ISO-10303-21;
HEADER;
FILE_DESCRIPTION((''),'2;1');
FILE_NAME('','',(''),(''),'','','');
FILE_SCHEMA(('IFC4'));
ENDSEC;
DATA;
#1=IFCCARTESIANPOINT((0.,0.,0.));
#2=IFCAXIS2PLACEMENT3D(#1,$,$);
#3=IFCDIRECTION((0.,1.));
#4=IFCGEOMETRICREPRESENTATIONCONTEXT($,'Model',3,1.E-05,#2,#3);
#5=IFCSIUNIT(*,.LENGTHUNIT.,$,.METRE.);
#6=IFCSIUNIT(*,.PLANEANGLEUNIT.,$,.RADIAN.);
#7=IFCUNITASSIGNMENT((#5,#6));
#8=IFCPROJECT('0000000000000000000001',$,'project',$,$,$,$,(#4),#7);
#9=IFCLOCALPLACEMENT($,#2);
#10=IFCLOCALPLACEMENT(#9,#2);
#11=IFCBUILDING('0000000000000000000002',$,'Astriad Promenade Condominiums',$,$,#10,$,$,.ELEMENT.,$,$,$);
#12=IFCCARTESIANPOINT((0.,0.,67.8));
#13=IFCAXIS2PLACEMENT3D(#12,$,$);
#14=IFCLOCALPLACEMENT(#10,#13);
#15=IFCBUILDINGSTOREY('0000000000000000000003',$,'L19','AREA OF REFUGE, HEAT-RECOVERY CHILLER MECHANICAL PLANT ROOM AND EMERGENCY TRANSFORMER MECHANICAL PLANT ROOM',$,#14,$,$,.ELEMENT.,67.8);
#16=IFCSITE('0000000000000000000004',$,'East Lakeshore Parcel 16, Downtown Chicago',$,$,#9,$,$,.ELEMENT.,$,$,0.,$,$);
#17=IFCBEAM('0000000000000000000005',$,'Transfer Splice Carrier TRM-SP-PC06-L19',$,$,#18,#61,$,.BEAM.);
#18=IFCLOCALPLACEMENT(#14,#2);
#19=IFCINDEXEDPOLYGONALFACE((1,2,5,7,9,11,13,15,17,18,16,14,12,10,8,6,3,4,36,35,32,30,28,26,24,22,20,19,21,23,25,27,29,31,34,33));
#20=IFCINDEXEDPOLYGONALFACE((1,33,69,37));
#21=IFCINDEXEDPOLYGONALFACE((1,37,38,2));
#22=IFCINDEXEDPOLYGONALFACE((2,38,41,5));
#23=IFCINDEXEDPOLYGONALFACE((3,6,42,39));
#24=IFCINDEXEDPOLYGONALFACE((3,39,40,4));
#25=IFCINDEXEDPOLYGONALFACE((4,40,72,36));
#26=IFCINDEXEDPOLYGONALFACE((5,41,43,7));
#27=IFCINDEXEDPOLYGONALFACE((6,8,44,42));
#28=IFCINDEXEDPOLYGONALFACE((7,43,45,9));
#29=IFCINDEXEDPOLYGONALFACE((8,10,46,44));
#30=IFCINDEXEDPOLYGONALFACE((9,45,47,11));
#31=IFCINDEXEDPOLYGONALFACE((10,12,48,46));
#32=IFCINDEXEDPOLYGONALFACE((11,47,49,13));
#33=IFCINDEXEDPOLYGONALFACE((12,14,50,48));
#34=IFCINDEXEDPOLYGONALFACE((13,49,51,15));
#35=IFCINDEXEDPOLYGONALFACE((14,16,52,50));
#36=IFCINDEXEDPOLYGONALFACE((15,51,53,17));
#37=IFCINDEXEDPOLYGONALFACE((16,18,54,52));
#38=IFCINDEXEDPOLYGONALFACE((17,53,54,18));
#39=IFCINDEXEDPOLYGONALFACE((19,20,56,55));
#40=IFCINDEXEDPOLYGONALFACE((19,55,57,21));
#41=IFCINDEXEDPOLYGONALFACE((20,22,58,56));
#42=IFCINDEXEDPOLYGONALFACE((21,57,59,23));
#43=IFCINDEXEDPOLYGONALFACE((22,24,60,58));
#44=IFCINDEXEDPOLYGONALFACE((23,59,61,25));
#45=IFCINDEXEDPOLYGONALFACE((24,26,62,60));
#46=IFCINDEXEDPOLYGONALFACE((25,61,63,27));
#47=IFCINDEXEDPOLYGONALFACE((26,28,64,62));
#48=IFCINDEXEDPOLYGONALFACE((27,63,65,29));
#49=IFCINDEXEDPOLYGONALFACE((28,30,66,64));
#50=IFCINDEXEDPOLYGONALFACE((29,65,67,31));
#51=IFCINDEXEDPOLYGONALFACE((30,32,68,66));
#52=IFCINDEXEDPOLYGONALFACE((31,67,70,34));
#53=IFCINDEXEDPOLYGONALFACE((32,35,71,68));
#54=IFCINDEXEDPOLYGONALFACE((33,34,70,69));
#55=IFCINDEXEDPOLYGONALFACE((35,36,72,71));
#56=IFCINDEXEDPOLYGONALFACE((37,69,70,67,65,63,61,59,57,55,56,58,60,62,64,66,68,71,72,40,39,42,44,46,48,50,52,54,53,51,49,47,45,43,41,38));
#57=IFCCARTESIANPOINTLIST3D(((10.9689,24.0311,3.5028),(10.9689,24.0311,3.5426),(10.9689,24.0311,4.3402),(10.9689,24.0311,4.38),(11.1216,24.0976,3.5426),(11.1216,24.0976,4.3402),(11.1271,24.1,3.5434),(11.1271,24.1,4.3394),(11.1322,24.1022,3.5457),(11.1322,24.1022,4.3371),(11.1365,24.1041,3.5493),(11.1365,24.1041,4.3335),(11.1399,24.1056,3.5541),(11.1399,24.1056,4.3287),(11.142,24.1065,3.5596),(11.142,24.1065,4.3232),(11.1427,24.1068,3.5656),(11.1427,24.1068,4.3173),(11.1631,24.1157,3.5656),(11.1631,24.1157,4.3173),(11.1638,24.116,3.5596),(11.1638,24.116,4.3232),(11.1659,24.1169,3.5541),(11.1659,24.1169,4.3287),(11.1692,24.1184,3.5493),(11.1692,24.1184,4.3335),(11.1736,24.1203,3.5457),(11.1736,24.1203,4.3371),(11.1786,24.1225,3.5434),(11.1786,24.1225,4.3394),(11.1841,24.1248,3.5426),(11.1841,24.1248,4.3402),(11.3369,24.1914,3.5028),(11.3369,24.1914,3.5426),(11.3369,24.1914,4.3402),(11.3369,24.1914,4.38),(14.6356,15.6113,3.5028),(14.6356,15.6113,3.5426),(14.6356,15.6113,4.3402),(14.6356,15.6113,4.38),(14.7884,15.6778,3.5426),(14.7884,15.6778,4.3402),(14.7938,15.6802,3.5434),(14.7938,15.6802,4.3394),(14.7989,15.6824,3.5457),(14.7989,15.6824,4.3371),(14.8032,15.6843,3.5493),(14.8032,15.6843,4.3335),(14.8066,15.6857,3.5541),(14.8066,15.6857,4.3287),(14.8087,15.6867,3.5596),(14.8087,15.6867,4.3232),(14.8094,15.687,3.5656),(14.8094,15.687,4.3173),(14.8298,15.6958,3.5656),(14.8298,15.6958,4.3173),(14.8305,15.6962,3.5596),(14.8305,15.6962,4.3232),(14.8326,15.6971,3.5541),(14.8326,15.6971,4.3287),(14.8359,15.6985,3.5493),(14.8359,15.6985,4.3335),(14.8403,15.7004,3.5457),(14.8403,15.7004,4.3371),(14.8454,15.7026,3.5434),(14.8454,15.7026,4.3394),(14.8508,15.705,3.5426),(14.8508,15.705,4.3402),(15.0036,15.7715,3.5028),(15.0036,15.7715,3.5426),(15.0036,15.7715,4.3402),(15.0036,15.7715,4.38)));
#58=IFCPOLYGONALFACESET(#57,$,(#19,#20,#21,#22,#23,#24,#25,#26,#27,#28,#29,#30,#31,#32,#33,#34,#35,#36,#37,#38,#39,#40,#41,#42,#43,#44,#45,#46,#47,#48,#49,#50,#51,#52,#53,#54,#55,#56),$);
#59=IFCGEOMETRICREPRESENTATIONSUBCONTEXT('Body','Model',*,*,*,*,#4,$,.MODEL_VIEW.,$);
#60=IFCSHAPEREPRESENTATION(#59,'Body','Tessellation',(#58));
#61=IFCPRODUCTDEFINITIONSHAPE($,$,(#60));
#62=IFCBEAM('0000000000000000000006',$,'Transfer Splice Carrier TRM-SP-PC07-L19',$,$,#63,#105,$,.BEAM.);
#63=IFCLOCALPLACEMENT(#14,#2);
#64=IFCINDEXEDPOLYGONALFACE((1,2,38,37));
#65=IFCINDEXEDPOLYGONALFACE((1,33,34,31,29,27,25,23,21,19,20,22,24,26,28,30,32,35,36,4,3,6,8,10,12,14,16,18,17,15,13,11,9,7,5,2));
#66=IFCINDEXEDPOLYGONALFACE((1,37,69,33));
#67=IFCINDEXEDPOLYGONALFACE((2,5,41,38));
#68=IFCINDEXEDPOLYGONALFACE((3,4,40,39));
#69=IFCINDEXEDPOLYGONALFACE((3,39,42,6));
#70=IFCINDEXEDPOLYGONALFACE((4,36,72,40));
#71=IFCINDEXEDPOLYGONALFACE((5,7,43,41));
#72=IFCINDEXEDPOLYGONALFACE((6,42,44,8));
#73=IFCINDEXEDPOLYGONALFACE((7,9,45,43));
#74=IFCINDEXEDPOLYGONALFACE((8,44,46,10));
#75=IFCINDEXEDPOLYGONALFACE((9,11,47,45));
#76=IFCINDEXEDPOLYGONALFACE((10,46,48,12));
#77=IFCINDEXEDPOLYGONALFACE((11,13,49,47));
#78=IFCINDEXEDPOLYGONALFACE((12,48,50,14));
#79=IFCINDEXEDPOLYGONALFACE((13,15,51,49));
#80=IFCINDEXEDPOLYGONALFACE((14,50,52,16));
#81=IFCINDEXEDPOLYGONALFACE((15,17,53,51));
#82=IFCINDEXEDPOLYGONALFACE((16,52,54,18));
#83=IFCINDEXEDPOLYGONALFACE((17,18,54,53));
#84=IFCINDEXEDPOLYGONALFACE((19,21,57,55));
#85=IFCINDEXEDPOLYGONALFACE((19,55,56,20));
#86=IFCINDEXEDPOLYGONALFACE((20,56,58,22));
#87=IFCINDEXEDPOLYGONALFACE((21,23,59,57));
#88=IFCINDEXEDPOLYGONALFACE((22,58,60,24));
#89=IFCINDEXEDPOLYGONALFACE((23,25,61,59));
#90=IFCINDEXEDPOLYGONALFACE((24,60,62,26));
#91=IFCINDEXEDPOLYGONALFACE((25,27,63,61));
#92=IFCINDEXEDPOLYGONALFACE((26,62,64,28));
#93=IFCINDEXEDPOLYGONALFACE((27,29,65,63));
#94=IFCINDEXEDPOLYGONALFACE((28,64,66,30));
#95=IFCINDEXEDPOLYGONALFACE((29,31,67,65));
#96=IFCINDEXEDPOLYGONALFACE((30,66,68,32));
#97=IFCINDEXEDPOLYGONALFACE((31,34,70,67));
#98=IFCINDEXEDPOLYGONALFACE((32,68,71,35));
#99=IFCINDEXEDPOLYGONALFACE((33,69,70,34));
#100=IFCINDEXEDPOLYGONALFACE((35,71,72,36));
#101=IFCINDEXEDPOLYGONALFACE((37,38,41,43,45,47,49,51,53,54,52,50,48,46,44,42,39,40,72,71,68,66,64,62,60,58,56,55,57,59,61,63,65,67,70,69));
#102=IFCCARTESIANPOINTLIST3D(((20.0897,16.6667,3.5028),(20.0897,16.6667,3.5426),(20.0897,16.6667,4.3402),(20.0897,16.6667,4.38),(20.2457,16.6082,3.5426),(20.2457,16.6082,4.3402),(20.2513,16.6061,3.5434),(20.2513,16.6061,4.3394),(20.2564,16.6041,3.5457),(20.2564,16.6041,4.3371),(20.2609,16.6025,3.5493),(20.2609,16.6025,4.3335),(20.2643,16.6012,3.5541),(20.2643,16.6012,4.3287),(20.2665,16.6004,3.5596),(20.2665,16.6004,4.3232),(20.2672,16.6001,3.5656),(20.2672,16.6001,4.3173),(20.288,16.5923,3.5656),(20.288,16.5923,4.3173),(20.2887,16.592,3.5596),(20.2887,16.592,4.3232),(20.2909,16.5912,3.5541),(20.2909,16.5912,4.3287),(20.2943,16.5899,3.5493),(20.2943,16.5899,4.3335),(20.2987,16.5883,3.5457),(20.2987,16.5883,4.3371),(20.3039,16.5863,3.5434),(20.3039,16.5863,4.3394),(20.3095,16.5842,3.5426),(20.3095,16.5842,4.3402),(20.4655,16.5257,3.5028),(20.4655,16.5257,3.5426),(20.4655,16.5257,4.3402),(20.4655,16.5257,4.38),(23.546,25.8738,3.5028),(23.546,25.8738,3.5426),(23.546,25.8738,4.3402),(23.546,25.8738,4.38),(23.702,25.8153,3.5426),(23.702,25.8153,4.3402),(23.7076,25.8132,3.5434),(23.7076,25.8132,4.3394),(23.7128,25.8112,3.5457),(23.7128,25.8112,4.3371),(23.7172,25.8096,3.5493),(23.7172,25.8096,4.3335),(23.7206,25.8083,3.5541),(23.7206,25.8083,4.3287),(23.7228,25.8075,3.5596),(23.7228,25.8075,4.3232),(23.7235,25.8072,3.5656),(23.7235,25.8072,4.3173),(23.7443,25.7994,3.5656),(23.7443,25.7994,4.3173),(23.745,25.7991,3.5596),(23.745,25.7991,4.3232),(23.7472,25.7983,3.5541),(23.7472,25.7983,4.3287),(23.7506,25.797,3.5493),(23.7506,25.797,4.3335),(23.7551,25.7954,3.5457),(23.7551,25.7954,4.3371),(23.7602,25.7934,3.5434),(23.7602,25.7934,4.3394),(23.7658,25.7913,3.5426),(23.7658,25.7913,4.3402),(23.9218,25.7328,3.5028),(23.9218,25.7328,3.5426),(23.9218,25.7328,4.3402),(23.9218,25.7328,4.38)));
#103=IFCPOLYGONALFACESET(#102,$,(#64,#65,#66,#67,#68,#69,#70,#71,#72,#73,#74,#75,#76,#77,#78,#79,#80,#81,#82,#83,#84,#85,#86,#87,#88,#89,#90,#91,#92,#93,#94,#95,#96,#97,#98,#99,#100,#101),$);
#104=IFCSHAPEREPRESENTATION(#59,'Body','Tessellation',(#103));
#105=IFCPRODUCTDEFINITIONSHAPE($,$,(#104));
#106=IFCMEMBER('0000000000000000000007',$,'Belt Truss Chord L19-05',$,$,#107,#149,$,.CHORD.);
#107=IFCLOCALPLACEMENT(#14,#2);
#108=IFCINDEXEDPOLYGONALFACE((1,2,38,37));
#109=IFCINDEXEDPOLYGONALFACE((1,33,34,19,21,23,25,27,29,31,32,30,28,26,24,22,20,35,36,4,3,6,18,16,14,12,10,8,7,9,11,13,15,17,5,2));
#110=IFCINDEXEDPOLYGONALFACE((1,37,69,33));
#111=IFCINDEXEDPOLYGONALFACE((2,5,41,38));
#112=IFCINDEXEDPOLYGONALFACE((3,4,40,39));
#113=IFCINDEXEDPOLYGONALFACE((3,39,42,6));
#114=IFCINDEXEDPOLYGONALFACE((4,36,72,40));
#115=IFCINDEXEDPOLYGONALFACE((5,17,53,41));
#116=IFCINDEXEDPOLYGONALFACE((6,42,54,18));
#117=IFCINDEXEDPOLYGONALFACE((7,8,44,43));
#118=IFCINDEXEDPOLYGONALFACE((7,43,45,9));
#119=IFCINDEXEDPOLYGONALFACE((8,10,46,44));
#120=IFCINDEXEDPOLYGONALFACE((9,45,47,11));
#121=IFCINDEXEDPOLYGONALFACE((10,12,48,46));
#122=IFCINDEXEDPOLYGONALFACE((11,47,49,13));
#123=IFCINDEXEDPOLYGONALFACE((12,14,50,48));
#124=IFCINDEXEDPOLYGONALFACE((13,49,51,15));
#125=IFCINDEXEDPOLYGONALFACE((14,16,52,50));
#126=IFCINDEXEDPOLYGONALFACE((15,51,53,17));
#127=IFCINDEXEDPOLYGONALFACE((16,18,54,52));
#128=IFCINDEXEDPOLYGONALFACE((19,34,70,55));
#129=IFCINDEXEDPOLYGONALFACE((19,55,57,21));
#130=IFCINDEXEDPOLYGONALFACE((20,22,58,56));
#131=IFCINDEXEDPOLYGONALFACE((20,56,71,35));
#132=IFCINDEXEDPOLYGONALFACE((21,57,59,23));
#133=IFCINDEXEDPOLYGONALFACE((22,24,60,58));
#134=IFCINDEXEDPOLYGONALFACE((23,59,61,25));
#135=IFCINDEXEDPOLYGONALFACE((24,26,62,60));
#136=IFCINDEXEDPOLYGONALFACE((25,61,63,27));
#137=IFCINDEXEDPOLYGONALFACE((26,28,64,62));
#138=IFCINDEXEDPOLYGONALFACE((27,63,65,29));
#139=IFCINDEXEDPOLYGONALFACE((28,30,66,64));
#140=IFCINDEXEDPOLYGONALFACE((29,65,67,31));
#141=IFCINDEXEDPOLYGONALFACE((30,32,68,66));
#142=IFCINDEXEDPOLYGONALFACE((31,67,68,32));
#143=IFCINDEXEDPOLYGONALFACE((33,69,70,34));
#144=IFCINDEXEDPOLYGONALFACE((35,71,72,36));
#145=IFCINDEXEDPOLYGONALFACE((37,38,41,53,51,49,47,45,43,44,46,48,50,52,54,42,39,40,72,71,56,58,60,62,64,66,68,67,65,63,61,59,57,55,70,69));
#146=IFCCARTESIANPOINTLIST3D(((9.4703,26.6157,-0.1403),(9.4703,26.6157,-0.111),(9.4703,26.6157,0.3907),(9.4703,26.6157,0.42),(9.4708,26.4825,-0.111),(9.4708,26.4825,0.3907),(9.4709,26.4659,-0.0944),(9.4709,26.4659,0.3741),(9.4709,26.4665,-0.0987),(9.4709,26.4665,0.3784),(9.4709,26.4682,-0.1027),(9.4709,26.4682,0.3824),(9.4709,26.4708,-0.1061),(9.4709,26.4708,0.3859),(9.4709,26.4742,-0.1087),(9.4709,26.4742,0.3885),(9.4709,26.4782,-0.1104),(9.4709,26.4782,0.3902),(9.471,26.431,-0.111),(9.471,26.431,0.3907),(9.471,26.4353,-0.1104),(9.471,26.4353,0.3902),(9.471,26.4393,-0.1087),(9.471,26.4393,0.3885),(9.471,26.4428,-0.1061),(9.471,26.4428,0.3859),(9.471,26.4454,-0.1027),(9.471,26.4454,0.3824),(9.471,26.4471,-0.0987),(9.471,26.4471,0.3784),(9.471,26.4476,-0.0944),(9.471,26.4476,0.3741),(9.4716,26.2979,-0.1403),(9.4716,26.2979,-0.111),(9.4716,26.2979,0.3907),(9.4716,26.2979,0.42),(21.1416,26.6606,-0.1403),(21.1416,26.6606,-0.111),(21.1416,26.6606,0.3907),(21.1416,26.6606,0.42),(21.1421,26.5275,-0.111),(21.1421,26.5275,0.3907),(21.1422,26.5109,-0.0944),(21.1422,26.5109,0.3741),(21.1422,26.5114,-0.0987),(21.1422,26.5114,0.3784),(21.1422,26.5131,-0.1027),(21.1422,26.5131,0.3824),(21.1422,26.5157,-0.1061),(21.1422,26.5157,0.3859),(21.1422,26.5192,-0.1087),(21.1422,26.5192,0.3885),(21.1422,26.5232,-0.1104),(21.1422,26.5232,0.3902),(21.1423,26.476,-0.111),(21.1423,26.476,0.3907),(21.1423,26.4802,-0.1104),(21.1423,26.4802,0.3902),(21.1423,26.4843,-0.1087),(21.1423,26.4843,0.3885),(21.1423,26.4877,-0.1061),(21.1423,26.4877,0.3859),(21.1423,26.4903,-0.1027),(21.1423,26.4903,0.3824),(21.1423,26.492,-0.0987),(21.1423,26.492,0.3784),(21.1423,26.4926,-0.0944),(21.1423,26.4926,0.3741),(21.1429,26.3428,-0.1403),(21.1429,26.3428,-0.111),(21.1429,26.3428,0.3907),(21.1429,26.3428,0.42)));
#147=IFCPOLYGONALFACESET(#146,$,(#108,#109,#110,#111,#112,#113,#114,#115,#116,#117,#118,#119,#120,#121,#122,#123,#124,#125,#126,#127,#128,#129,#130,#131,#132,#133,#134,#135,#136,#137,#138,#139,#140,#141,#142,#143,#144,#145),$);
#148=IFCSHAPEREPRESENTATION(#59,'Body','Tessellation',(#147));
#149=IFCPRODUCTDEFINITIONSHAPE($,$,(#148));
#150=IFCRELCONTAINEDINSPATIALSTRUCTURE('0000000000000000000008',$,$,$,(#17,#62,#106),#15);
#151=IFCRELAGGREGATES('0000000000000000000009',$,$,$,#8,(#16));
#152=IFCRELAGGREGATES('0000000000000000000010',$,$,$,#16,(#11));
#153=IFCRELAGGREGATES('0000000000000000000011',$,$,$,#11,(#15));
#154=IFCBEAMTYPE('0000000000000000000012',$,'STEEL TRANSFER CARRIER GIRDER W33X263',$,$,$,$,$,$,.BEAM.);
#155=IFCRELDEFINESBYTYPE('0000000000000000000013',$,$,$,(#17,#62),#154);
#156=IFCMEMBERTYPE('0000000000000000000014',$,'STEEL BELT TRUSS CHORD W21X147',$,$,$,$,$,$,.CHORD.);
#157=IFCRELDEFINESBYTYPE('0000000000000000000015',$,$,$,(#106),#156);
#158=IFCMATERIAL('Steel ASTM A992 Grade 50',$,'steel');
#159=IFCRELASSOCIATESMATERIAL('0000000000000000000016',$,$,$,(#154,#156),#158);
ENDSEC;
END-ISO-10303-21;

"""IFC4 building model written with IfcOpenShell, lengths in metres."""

from ifc_helpers import new_model, si_unit, direction, frame, origin, origin_2d, place, context, subcontext, project, spatial, i_section, extrude, source, transform, mapped, material, material_profile, profile_set, type_object, type_shapes, element, save


model = new_model("IFC4")

# Units and contexts
model_context = context("Model", 3, precision=1e-05, world=origin(), true_north=direction((0.0, 1.0)))
body_context = subcontext(model_context, "Body", "Model", "MODEL_VIEW")
ifc_project = project(units=[si_unit("LENGTHUNIT", "METRE"), si_unit("PLANEANGLEUNIT", "RADIAN")], contexts=[model_context])

# Site, building, storey
site_placement = place(None, origin())
site = spatial("IfcSite", under=ifc_project, at=site_placement, Name="East Lakeshore Parcel 16, Downtown Chicago", CompositionType="ELEMENT", RefElevation=0.0)
building_placement = place(site_placement, origin())
building = spatial("IfcBuilding", under=site, at=building_placement, Name="Astriad Promenade Condominiums", CompositionType="ELEMENT")
storey_placement = place(building_placement, frame((0.0, 0.0, 67.8)))
storey = spatial("IfcBuildingStorey", under=building, at=storey_placement, Name="L19", Description="AREA OF REFUGE, HEAT-RECOVERY CHILLER MECHANICAL PLANT ROOM AND EMERGENCY TRANSFORMER MECHANICAL PLANT ROOM", CompositionType="ELEMENT", Elevation=67.8)

# Shared definitions
ifc_material_1 = material(Name="Steel ASTM A992 Grade 50", Category="steel")

# Beams
ifc_material_profile_1 = material_profile(ifc_material_1, i_section(OverallWidth=0.4014, OverallDepth=0.8772, WebThickness=0.0222, FlangeThickness=0.0398, FilletRadius=0.0229, at=origin_2d()), Name="W33X263")
ifc_profile_set_1 = profile_set([ifc_material_profile_1], Name="Steel ASTM A992 Grade 50")
beam_type_1 = type_object("IfcBeamType", Name="STEEL TRANSFER CARRIER GIRDER W33X263", PredefinedType="BEAM", material=ifc_profile_set_1)
shared_shape_1 = source(origin(), body_context, "Body", "SweptSolid", [
    extrude(i_section(OverallWidth=0.4014, OverallDepth=0.8772, WebThickness=0.0222, FlangeThickness=0.0398, FilletRadius=0.0229, at=origin_2d()), origin(), (0.0, 0.0, 1.0), 9.1836),
])
beam_1_placement = place(storey_placement, frame((14.8196, 15.6914, 3.9414), z_axis=(-0.399267, 0.916834, 0.0), x_axis=(-0.916834, -0.399267, 0.0)))
element("IfcBeam", 1, at=beam_1_placement, inside=storey, type_object=beam_type_1, Name="Transfer Splice Carrier TRM-SP-PC06-L19", PredefinedType="BEAM", context=body_context, shape_type="MappedRepresentation", body=[
    mapped(shared_shape_1, transform((0.0, 0.0, 0.0), scale=1.0)),
])
shared_shape_2 = source(origin(), body_context, "Body", "SweptSolid", [
    extrude(i_section(OverallWidth=0.4014, OverallDepth=0.8772, WebThickness=0.0222, FlangeThickness=0.0398, FilletRadius=0.0229, at=origin_2d()), origin(), (0.0, 0.0, 1.0), 9.8345),
])
type_shapes(beam_type_1, [shared_shape_1, shared_shape_2])
beam_2_placement = place(storey_placement, frame((20.2776, 16.5962, 3.9414), z_axis=(0.35145, 0.936207, 0.0), x_axis=(-0.936207, 0.35145, 0.0)))
element("IfcBeam", 2, at=beam_2_placement, inside=storey, type_object=beam_type_1, Name="Transfer Splice Carrier TRM-SP-PC07-L19", PredefinedType="BEAM", context=body_context, shape_type="MappedRepresentation", body=[
    mapped(shared_shape_2, transform((0.0, 0.0, 0.0), scale=1.0)),
])

# Member
ifc_material_profile_2 = material_profile(ifc_material_1, i_section(OverallWidth=0.3179, OverallDepth=0.5603, WebThickness=0.0183, FlangeThickness=0.0293, FilletRadius=0.0166, at=origin_2d()), Name="W21X147")
ifc_profile_set_2 = profile_set([ifc_material_profile_2], Name="Steel ASTM A992 Grade 50")
member_type_1 = type_object("IfcMemberType", Name="STEEL BELT TRUSS CHORD W21X147", PredefinedType="CHORD", material=ifc_profile_set_2)
shared_shape_3 = source(origin(), body_context, "Body", "SweptSolid", [
    extrude(i_section(OverallWidth=0.3179, OverallDepth=0.5603, WebThickness=0.0183, FlangeThickness=0.0293, FilletRadius=0.0166, at=origin_2d()), origin(), (0.0, 0.0, 1.0), 11.6714),
])
member_1_placement = place(storey_placement, frame((9.4709, 26.4568, 0.1399), z_axis=(0.999993, 0.003849, 0.0), x_axis=(-0.003849, 0.999993, 0.0)))
element("IfcMember", 3, at=member_1_placement, inside=storey, type_object=member_type_1, Name="Belt Truss Chord L19-05", PredefinedType="CHORD", context=body_context, shape_type="MappedRepresentation", body=[
    mapped(shared_shape_3, transform((0.0, 0.0, 0.0), scale=1.0)),
])

save(model, "model.ifc")
